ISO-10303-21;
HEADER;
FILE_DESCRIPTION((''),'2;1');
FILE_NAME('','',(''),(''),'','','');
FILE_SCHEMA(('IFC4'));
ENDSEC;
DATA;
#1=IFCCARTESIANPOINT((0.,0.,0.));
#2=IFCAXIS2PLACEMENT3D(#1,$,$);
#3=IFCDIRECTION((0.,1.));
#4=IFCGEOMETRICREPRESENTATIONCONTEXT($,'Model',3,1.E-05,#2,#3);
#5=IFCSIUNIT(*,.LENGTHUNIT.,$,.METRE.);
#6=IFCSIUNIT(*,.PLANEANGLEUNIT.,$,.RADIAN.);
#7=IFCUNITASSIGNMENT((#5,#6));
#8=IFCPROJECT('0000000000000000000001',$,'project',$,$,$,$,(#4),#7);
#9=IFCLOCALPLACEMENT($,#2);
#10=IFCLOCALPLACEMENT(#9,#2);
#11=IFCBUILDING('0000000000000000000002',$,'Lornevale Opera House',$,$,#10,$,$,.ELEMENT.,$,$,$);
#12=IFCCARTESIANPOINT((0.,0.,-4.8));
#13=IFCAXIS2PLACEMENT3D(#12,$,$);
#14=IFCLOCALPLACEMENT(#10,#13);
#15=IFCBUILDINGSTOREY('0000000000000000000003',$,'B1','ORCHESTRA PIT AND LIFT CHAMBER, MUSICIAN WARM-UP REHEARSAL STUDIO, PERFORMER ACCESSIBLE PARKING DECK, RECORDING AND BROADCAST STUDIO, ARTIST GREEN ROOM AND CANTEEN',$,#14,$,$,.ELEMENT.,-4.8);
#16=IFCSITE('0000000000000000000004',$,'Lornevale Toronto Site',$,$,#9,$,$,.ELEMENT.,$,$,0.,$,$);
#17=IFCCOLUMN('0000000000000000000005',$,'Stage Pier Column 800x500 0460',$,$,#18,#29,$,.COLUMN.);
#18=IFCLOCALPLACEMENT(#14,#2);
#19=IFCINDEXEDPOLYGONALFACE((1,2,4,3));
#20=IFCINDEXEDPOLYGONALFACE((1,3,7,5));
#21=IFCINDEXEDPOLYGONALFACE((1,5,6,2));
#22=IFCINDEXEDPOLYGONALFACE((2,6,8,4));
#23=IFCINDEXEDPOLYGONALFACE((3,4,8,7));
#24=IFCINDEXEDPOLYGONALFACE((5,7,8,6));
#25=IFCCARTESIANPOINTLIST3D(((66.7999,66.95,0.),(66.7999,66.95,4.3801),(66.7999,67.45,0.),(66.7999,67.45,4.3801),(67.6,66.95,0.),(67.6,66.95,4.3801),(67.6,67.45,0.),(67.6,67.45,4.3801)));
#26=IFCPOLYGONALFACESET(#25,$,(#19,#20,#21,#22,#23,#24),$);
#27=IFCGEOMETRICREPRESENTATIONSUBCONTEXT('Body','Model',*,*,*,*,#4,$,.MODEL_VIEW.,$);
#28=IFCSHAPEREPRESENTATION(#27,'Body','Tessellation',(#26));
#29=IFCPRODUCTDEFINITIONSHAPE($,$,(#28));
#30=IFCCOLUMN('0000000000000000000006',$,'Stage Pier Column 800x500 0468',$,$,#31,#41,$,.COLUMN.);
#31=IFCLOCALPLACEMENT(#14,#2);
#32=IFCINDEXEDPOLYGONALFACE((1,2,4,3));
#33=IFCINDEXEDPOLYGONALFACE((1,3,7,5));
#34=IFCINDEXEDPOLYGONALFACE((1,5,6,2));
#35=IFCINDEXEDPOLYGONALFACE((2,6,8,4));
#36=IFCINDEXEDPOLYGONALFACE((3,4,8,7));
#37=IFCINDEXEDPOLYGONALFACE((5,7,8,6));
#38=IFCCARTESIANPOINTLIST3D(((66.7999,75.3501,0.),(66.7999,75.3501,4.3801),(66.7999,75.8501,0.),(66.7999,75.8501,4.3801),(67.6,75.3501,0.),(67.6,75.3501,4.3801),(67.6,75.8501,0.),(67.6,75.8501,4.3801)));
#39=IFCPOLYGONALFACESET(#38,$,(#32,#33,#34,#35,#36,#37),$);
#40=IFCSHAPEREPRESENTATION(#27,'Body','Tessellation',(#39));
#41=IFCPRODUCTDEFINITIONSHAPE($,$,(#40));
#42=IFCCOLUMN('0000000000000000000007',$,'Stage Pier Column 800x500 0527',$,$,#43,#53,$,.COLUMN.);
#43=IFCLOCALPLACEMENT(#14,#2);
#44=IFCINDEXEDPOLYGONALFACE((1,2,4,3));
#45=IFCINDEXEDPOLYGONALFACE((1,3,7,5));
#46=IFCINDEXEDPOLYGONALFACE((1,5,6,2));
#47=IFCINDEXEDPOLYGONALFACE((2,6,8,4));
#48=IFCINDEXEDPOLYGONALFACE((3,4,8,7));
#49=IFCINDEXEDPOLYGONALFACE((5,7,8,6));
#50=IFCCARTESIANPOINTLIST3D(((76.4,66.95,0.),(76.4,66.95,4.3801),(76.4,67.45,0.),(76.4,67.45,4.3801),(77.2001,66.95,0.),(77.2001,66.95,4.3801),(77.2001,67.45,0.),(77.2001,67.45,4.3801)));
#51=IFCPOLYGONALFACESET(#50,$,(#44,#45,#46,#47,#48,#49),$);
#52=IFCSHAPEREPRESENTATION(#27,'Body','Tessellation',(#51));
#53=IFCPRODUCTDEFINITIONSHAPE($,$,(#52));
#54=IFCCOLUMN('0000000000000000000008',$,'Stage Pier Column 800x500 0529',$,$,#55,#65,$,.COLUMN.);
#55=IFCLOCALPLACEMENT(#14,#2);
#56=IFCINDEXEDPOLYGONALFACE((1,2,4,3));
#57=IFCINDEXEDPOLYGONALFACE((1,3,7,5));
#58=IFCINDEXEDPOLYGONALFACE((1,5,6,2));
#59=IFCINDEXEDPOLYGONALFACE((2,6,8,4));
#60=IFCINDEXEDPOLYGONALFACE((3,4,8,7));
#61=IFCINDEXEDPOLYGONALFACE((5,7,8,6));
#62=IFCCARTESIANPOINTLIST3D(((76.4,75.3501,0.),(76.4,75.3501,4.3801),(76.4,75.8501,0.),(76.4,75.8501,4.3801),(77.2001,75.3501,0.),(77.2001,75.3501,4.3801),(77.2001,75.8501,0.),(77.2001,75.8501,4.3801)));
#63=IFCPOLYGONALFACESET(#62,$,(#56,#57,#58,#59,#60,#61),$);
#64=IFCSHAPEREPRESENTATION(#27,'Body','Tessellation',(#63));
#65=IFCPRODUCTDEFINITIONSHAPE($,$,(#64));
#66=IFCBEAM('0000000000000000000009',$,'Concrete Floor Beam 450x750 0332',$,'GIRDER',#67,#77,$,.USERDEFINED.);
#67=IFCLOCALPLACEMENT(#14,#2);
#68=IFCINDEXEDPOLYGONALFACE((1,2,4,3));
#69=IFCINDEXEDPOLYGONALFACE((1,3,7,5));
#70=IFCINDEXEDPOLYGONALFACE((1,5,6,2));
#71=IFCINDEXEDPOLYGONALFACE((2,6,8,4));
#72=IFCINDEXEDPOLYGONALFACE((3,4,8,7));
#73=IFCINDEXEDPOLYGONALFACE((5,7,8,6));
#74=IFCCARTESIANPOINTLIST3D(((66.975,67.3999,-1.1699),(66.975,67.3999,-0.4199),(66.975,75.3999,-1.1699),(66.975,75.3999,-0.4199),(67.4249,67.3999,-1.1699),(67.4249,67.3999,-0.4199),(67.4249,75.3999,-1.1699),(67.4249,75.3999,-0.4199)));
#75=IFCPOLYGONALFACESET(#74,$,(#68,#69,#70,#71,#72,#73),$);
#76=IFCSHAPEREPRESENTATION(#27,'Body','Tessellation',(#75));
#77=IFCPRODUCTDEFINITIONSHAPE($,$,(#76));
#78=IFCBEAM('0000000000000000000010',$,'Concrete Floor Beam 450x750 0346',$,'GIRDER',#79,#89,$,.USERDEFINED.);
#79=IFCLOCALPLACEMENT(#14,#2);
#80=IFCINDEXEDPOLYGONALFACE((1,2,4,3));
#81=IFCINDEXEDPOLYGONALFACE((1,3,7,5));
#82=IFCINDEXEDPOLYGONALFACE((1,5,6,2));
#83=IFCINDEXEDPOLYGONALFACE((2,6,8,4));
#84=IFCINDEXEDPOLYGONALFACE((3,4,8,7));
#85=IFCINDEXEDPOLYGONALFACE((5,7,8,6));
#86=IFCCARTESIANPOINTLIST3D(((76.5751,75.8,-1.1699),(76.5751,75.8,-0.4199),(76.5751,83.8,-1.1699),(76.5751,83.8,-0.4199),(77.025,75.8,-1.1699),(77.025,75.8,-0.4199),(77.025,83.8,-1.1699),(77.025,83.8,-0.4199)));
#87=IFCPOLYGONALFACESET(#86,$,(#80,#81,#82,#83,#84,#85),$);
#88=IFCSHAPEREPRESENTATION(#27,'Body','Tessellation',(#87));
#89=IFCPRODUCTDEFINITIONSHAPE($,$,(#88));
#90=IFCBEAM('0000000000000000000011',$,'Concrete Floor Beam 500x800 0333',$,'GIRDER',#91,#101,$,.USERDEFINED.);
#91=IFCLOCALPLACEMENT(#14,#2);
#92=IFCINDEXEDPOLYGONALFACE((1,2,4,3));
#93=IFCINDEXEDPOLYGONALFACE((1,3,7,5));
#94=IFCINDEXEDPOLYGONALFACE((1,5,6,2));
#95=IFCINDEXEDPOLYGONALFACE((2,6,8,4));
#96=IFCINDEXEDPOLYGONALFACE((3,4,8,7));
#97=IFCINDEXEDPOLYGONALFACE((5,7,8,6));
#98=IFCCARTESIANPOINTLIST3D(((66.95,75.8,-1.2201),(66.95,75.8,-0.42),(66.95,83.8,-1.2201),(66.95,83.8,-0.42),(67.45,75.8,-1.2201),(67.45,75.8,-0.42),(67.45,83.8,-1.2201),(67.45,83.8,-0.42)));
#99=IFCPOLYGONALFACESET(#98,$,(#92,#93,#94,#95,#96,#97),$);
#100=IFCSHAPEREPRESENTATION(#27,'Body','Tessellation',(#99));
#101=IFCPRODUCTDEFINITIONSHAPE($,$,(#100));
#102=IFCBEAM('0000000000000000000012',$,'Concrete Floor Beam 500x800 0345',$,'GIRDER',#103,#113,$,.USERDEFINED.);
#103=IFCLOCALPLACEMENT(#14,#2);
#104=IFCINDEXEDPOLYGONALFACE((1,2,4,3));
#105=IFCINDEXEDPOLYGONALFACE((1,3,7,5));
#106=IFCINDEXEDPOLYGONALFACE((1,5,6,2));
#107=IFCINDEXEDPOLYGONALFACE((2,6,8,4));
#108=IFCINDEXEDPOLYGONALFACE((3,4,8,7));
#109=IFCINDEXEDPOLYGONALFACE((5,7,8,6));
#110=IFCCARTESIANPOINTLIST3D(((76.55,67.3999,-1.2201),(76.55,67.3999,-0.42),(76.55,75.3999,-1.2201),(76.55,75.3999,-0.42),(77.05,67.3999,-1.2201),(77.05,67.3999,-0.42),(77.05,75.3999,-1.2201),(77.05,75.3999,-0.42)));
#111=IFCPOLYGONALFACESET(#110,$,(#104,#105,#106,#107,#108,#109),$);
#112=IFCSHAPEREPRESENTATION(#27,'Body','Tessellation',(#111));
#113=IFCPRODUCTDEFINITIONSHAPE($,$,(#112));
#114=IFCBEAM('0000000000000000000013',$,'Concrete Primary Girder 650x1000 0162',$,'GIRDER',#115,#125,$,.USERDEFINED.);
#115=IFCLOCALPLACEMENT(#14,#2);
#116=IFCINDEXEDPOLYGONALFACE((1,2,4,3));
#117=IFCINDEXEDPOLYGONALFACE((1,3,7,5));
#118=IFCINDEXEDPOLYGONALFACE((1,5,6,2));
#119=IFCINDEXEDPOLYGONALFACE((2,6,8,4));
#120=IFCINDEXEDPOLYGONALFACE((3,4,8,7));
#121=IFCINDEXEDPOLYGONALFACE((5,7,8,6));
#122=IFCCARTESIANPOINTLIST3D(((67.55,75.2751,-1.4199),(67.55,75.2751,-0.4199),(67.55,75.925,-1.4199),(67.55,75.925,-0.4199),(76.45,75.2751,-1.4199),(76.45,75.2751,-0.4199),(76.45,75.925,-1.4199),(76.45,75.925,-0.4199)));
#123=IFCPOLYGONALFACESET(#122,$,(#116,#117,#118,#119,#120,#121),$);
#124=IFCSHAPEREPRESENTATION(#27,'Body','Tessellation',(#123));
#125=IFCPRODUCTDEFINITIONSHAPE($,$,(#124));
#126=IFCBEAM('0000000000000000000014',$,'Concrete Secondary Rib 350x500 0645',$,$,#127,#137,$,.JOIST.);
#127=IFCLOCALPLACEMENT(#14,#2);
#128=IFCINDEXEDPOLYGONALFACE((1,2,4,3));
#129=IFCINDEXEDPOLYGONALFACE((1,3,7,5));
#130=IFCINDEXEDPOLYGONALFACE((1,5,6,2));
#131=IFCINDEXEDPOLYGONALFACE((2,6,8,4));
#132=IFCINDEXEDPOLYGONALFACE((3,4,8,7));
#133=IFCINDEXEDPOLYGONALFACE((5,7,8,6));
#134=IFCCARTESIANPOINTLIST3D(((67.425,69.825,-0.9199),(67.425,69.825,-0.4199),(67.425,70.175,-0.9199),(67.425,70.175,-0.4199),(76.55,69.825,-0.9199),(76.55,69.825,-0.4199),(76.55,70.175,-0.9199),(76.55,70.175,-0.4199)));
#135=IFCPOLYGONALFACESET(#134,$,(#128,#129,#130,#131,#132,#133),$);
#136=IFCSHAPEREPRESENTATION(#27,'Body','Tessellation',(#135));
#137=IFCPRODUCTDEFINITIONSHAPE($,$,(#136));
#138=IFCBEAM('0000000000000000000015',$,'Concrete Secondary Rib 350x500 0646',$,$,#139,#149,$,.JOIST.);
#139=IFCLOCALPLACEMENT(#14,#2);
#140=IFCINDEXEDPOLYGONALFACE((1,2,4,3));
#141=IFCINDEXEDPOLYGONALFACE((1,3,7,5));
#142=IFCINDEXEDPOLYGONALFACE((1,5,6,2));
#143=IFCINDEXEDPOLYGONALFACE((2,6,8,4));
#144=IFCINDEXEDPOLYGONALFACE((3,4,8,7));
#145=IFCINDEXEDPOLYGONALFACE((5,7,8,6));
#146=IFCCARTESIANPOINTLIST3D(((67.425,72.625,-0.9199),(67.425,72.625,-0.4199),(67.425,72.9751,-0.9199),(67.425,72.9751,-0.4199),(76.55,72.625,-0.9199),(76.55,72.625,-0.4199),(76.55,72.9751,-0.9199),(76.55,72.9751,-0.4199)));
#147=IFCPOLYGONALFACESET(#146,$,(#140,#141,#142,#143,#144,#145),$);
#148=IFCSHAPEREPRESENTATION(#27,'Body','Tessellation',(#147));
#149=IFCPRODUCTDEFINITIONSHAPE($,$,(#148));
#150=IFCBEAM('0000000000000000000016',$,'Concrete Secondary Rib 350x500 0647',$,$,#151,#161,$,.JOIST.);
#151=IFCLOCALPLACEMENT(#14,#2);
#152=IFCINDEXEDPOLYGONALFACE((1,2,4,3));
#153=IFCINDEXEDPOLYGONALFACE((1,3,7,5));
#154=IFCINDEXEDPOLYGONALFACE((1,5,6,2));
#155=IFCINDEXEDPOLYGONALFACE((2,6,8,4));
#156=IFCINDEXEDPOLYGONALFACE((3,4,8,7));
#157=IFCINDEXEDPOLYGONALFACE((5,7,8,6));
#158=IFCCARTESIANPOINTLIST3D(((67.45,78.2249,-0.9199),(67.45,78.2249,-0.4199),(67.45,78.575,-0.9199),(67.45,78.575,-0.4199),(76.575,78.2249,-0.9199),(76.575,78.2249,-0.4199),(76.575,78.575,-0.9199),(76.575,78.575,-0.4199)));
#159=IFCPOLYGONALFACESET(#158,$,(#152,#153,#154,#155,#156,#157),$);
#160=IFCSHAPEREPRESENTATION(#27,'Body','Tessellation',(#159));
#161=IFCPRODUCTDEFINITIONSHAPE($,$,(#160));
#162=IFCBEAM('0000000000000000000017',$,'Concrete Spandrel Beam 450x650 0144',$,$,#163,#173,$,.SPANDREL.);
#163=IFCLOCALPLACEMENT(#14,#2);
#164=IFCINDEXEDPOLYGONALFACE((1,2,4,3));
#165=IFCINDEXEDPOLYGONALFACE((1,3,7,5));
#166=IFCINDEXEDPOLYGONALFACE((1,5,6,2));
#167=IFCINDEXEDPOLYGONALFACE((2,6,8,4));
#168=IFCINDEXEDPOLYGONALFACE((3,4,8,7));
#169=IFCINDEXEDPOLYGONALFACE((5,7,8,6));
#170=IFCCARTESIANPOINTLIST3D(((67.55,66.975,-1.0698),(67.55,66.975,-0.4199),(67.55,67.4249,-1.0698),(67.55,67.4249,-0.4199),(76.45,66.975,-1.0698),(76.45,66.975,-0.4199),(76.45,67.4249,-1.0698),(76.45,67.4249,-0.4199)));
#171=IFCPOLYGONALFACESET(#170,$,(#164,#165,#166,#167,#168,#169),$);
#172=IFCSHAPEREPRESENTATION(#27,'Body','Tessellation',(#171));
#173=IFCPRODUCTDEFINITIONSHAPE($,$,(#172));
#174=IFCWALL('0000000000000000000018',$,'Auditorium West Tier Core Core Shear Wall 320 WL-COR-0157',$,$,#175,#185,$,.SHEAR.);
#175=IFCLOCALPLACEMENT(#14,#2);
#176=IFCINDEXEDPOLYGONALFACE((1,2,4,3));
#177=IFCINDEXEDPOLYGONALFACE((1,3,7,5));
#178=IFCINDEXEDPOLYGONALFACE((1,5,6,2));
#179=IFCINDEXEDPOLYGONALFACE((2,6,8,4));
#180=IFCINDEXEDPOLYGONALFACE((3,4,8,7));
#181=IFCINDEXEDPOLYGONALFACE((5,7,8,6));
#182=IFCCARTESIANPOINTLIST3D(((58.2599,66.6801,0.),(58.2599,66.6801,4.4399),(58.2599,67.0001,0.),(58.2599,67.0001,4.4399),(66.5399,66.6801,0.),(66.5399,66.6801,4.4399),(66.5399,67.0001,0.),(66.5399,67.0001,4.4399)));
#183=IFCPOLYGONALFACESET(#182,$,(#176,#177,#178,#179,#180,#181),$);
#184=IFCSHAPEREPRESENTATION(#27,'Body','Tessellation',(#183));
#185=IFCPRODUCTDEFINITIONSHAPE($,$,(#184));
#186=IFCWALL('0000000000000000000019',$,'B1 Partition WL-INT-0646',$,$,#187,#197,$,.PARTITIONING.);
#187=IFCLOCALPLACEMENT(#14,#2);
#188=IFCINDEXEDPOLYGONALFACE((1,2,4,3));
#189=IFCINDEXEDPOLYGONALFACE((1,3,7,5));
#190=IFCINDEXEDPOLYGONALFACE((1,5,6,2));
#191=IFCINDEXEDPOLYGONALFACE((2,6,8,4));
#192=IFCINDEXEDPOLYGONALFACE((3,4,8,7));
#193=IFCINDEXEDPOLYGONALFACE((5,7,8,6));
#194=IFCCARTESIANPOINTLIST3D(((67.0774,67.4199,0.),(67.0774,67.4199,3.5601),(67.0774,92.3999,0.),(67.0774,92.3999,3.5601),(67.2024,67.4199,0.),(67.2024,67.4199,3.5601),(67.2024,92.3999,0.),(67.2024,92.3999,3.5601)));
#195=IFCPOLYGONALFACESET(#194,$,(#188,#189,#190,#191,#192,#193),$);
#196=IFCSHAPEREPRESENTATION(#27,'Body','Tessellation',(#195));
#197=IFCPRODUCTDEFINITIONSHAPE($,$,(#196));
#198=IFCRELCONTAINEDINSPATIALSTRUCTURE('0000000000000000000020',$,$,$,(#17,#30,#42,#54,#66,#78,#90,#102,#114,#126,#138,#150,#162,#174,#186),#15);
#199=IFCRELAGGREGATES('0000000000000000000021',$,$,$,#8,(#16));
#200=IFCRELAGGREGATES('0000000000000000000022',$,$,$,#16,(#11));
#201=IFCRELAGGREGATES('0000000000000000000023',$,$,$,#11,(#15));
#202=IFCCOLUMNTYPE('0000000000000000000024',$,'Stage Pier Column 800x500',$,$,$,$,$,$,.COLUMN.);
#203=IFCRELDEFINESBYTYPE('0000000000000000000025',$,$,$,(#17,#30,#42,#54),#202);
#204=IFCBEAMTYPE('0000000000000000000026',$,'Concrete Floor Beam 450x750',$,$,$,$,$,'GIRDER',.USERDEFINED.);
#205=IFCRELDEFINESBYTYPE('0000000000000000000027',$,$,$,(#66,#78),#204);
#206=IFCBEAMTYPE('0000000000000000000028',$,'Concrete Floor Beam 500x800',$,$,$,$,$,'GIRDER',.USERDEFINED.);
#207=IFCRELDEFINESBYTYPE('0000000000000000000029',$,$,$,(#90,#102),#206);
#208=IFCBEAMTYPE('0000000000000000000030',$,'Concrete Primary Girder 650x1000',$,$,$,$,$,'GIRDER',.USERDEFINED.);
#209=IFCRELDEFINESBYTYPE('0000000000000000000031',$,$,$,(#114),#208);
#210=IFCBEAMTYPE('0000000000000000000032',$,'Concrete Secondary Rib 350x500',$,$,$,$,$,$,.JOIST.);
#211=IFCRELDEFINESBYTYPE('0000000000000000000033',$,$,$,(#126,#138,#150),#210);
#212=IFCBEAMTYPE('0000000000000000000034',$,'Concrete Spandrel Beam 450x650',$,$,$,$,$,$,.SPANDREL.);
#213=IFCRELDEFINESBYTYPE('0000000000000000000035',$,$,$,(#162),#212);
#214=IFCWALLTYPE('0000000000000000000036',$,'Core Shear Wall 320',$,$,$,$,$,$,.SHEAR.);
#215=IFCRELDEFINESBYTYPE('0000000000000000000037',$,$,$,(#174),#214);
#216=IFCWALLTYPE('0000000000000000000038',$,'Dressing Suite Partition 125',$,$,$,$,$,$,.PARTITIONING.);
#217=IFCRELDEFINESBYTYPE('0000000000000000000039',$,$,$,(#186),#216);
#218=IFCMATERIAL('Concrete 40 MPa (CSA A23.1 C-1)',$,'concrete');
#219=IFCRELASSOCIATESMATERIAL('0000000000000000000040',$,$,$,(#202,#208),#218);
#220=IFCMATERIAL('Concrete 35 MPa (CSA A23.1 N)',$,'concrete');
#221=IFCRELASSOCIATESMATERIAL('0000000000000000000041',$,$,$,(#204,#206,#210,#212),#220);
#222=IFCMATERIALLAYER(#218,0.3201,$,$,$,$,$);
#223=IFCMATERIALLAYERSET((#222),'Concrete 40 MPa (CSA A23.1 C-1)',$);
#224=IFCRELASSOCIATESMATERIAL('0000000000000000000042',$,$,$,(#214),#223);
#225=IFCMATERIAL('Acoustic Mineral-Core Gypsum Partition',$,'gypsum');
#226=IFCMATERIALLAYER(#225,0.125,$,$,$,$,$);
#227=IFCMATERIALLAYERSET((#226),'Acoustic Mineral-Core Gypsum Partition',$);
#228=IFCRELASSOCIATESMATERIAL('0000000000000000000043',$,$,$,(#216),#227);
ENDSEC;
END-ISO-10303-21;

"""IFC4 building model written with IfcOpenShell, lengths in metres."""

from ifc_helpers import new_model, si_unit, direction, frame, frame_2d, origin, origin_2d, place, context, subcontext, project, spatial, rectangle, extrude, material, layer, layer_set, material_profile, profile_set, type_object, element, save


model = new_model("IFC4")

# Units and contexts
model_context = context("Model", 3, precision=1e-05, world=origin(), true_north=direction((0.0, 1.0)))
body_context = subcontext(model_context, "Body", "Model", "MODEL_VIEW")
ifc_project = project(units=[si_unit("LENGTHUNIT", "METRE"), si_unit("PLANEANGLEUNIT", "RADIAN")], contexts=[model_context])

# Site, building, storey
site_placement = place(None, origin())
site = spatial("IfcSite", under=ifc_project, at=site_placement, Name="Lornevale Toronto Site", CompositionType="ELEMENT", RefElevation=0.0)
building_placement = place(site_placement, origin())
building = spatial("IfcBuilding", under=site, at=building_placement, Name="Lornevale Opera House", CompositionType="ELEMENT")
storey_placement = place(building_placement, frame((0.0, 0.0, -4.8)))
storey = spatial("IfcBuildingStorey", under=building, at=storey_placement, Name="B1", Description="ORCHESTRA PIT AND LIFT CHAMBER, MUSICIAN WARM-UP REHEARSAL STUDIO, PERFORMER ACCESSIBLE PARKING DECK, RECORDING AND BROADCAST STUDIO, ARTIST GREEN ROOM AND CANTEEN", CompositionType="ELEMENT", Elevation=-4.8)

# Columns
ifc_material_1 = material(Name="Concrete 40 MPa (CSA A23.1 C-1)", Category="concrete")
ifc_material_profile_1 = material_profile(ifc_material_1, rectangle(XDim=0.8, YDim=0.5, at=origin_2d()), Name="RC800x500")
ifc_profile_set_1 = profile_set([ifc_material_profile_1], Name="Concrete 40 MPa (CSA A23.1 C-1)")
column_type = type_object("IfcColumnType", Name="Stage Pier Column 800x500", PredefinedType="COLUMN", material=ifc_profile_set_1)
for number, where, z_axis, x_axis, name in (
    (1, (67.2, 67.2, 0.0), (0.0, 0.0, 1.0), (1.0, 0.0, 0.0), "Stage Pier Column 800x500 0460"),
    (2, (67.2, 75.6001, 0.0), (0.0, 0.0, 1.0), (1.0, 0.0, 0.0), "Stage Pier Column 800x500 0468"),
    (3, (76.8, 67.2, 0.0), (0.0, 0.0, 1.0), (1.0, 0.0, 0.0), "Stage Pier Column 800x500 0527"),
    (4, (76.8, 75.6001, 0.0), (0.0, 0.0, 1.0), (1.0, 0.0, 0.0), "Stage Pier Column 800x500 0529"),
):
    element("IfcColumn", number, at=place(storey_placement, frame(where, z_axis=z_axis, x_axis=x_axis)), inside=storey, type_object=column_type, Name=name, PredefinedType="COLUMN", context=body_context, shape_type="SweptSolid", body=[
        extrude(rectangle(XDim=0.8, YDim=0.5, at=origin_2d()), origin(), (0.0, 0.0, 1.0), 4.3801),
    ])

# Beams
ifc_material_2 = material(Name="Concrete 35 MPa (CSA A23.1 N)", Category="concrete")
ifc_material_profile_2 = material_profile(ifc_material_2, rectangle(XDim=0.45, YDim=0.75, at=origin_2d()), Name="RC450x750")
ifc_profile_set_2 = profile_set([ifc_material_profile_2], Name="Concrete 35 MPa (CSA A23.1 N)")
beam_type_1 = type_object("IfcBeamType", Name="Concrete Floor Beam 450x750", ElementType="GIRDER", PredefinedType="USERDEFINED", material=ifc_profile_set_2)
for number, where, z_axis, x_axis, name in (
    (5, (67.2, 67.3999, -0.7949), (0.0, 1.0, 0.0), (-1.0, 0.0, 0.0), "Concrete Floor Beam 450x750 0332"),
    (6, (76.8, 75.8, -0.7949), (0.0, 1.0, 0.0), (-1.0, 0.0, 0.0), "Concrete Floor Beam 450x750 0346"),
):
    element("IfcBeam", number, at=place(storey_placement, frame(where, z_axis=z_axis, x_axis=x_axis)), inside=storey, type_object=beam_type_1, Name=name, ObjectType="GIRDER", PredefinedType="USERDEFINED", context=body_context, shape_type="SweptSolid", body=[
        extrude(rectangle(XDim=0.45, YDim=0.75, at=origin_2d()), origin(), (0.0, 0.0, 1.0), 8.0),
    ])
ifc_material_profile_3 = material_profile(ifc_material_2, rectangle(XDim=0.5, YDim=0.8, at=origin_2d()), Name="RC500x800")
ifc_profile_set_3 = profile_set([ifc_material_profile_3], Name="Concrete 35 MPa (CSA A23.1 N)")
beam_type_2 = type_object("IfcBeamType", Name="Concrete Floor Beam 500x800", ElementType="GIRDER", PredefinedType="USERDEFINED", material=ifc_profile_set_3)
for number, where, z_axis, x_axis, name in (
    (7, (67.2, 75.8, -0.8201), (0.0, 1.0, 0.0), (-1.0, 0.0, 0.0), "Concrete Floor Beam 500x800 0333"),
    (8, (76.8, 67.3999, -0.8201), (0.0, 1.0, 0.0), (-1.0, 0.0, 0.0), "Concrete Floor Beam 500x800 0345"),
):
    element("IfcBeam", number, at=place(storey_placement, frame(where, z_axis=z_axis, x_axis=x_axis)), inside=storey, type_object=beam_type_2, Name=name, ObjectType="GIRDER", PredefinedType="USERDEFINED", context=body_context, shape_type="SweptSolid", body=[
        extrude(rectangle(XDim=0.5, YDim=0.8, at=origin_2d()), origin(), (0.0, 0.0, 1.0), 8.0),
    ])
ifc_material_profile_4 = material_profile(ifc_material_1, rectangle(XDim=0.6499, YDim=1.0, at=origin_2d()), Name="RC650x1000")
ifc_profile_set_4 = profile_set([ifc_material_profile_4], Name="Concrete 40 MPa (CSA A23.1 C-1)")
beam_type_3 = type_object("IfcBeamType", Name="Concrete Primary Girder 650x1000", ElementType="GIRDER", PredefinedType="USERDEFINED", material=ifc_profile_set_4)
beam_1_placement = place(storey_placement, frame((67.55, 75.6001, -0.9199), z_axis=(1.0, 0.0, 0.0), x_axis=(0.0, 1.0, 0.0)))
element("IfcBeam", 9, at=beam_1_placement, inside=storey, type_object=beam_type_3, Name="Concrete Primary Girder 650x1000 0162", ObjectType="GIRDER", PredefinedType="USERDEFINED", context=body_context, shape_type="SweptSolid", body=[
    extrude(rectangle(XDim=0.6499, YDim=1.0, at=origin_2d()), origin(), (0.0, 0.0, 1.0), 8.8999),
])
ifc_material_profile_5 = material_profile(ifc_material_2, rectangle(XDim=0.3501, YDim=0.5, at=origin_2d()), Name="RC350x500")
ifc_profile_set_5 = profile_set([ifc_material_profile_5], Name="Concrete 35 MPa (CSA A23.1 N)")
beam_type_4 = type_object("IfcBeamType", Name="Concrete Secondary Rib 350x500", PredefinedType="JOIST", material=ifc_profile_set_5)
for number, where, z_axis, x_axis, name in (
    (10, (67.425, 70.0, -0.6699), (1.0, 0.0, 0.0), (0.0, 1.0, 0.0), "Concrete Secondary Rib 350x500 0645"),
    (11, (67.425, 72.8, -0.6699), (1.0, 0.0, 0.0), (0.0, 1.0, 0.0), "Concrete Secondary Rib 350x500 0646"),
    (12, (67.45, 78.3999, -0.6699), (1.0, 0.0, 0.0), (0.0, 1.0, 0.0), "Concrete Secondary Rib 350x500 0647"),
):
    element("IfcBeam", number, at=place(storey_placement, frame(where, z_axis=z_axis, x_axis=x_axis)), inside=storey, type_object=beam_type_4, Name=name, PredefinedType="JOIST", context=body_context, shape_type="SweptSolid", body=[
        extrude(rectangle(XDim=0.3501, YDim=0.5, at=origin_2d()), origin(), (0.0, 0.0, 1.0), 9.125),
    ])
ifc_material_profile_6 = material_profile(ifc_material_2, rectangle(XDim=0.45, YDim=0.6499, at=origin_2d()), Name="RC450x650")
ifc_profile_set_6 = profile_set([ifc_material_profile_6], Name="Concrete 35 MPa (CSA A23.1 N)")
beam_type_5 = type_object("IfcBeamType", Name="Concrete Spandrel Beam 450x650", PredefinedType="SPANDREL", material=ifc_profile_set_6)
beam_2_placement = place(storey_placement, frame((67.55, 67.2, -0.7449), z_axis=(1.0, 0.0, 0.0), x_axis=(0.0, 1.0, 0.0)))
element("IfcBeam", 13, at=beam_2_placement, inside=storey, type_object=beam_type_5, Name="Concrete Spandrel Beam 450x650 0144", PredefinedType="SPANDREL", context=body_context, shape_type="SweptSolid", body=[
    extrude(rectangle(XDim=0.45, YDim=0.6499, at=origin_2d()), origin(), (0.0, 0.0, 1.0), 8.8999),
])

# Walls
ifc_layer_1 = layer(ifc_material_1, 0.3201)
ifc_layer_set_1 = layer_set([ifc_layer_1], Name="Concrete 40 MPa (CSA A23.1 C-1)")
wall_type_1 = type_object("IfcWallType", Name="Core Shear Wall 320", PredefinedType="SHEAR", material=ifc_layer_set_1)
wall_1_placement = place(storey_placement, frame((66.54, 66.8401, 0.0), z_axis=(0.0, 0.0, 1.0), x_axis=(-1.0, 0.0, 0.0)))
element("IfcWall", 14, at=wall_1_placement, inside=storey, type_object=wall_type_1, Name="Auditorium West Tier Core Core Shear Wall 320 WL-COR-0157", PredefinedType="SHEAR", context=body_context, shape_type="SweptSolid", body=[
    extrude(rectangle(XDim=8.28, YDim=0.3201, at=frame_2d((4.1401, 0.0))), origin(), (0.0, 0.0, 1.0), 4.4399),
])
ifc_material_3 = material(Name="Acoustic Mineral-Core Gypsum Partition", Category="gypsum")
ifc_layer_2 = layer(ifc_material_3, 0.125)
ifc_layer_set_2 = layer_set([ifc_layer_2], Name="Acoustic Mineral-Core Gypsum Partition")
wall_type_2 = type_object("IfcWallType", Name="Dressing Suite Partition 125", PredefinedType="PARTITIONING", material=ifc_layer_set_2)
wall_2_placement = place(storey_placement, frame((67.1399, 67.4199, 0.0), z_axis=(0.0, 0.0, 1.0), x_axis=(0.0, 1.0, 0.0)))
element("IfcWall", 15, at=wall_2_placement, inside=storey, type_object=wall_type_2, Name="B1 Partition WL-INT-0646", PredefinedType="PARTITIONING", context=body_context, shape_type="SweptSolid", body=[
    extrude(rectangle(XDim=24.98, YDim=0.125, at=frame_2d((12.49, 0.0))), origin(), (0.0, 0.0, 1.0), 3.5601),
])

save(model, "model.ifc")
